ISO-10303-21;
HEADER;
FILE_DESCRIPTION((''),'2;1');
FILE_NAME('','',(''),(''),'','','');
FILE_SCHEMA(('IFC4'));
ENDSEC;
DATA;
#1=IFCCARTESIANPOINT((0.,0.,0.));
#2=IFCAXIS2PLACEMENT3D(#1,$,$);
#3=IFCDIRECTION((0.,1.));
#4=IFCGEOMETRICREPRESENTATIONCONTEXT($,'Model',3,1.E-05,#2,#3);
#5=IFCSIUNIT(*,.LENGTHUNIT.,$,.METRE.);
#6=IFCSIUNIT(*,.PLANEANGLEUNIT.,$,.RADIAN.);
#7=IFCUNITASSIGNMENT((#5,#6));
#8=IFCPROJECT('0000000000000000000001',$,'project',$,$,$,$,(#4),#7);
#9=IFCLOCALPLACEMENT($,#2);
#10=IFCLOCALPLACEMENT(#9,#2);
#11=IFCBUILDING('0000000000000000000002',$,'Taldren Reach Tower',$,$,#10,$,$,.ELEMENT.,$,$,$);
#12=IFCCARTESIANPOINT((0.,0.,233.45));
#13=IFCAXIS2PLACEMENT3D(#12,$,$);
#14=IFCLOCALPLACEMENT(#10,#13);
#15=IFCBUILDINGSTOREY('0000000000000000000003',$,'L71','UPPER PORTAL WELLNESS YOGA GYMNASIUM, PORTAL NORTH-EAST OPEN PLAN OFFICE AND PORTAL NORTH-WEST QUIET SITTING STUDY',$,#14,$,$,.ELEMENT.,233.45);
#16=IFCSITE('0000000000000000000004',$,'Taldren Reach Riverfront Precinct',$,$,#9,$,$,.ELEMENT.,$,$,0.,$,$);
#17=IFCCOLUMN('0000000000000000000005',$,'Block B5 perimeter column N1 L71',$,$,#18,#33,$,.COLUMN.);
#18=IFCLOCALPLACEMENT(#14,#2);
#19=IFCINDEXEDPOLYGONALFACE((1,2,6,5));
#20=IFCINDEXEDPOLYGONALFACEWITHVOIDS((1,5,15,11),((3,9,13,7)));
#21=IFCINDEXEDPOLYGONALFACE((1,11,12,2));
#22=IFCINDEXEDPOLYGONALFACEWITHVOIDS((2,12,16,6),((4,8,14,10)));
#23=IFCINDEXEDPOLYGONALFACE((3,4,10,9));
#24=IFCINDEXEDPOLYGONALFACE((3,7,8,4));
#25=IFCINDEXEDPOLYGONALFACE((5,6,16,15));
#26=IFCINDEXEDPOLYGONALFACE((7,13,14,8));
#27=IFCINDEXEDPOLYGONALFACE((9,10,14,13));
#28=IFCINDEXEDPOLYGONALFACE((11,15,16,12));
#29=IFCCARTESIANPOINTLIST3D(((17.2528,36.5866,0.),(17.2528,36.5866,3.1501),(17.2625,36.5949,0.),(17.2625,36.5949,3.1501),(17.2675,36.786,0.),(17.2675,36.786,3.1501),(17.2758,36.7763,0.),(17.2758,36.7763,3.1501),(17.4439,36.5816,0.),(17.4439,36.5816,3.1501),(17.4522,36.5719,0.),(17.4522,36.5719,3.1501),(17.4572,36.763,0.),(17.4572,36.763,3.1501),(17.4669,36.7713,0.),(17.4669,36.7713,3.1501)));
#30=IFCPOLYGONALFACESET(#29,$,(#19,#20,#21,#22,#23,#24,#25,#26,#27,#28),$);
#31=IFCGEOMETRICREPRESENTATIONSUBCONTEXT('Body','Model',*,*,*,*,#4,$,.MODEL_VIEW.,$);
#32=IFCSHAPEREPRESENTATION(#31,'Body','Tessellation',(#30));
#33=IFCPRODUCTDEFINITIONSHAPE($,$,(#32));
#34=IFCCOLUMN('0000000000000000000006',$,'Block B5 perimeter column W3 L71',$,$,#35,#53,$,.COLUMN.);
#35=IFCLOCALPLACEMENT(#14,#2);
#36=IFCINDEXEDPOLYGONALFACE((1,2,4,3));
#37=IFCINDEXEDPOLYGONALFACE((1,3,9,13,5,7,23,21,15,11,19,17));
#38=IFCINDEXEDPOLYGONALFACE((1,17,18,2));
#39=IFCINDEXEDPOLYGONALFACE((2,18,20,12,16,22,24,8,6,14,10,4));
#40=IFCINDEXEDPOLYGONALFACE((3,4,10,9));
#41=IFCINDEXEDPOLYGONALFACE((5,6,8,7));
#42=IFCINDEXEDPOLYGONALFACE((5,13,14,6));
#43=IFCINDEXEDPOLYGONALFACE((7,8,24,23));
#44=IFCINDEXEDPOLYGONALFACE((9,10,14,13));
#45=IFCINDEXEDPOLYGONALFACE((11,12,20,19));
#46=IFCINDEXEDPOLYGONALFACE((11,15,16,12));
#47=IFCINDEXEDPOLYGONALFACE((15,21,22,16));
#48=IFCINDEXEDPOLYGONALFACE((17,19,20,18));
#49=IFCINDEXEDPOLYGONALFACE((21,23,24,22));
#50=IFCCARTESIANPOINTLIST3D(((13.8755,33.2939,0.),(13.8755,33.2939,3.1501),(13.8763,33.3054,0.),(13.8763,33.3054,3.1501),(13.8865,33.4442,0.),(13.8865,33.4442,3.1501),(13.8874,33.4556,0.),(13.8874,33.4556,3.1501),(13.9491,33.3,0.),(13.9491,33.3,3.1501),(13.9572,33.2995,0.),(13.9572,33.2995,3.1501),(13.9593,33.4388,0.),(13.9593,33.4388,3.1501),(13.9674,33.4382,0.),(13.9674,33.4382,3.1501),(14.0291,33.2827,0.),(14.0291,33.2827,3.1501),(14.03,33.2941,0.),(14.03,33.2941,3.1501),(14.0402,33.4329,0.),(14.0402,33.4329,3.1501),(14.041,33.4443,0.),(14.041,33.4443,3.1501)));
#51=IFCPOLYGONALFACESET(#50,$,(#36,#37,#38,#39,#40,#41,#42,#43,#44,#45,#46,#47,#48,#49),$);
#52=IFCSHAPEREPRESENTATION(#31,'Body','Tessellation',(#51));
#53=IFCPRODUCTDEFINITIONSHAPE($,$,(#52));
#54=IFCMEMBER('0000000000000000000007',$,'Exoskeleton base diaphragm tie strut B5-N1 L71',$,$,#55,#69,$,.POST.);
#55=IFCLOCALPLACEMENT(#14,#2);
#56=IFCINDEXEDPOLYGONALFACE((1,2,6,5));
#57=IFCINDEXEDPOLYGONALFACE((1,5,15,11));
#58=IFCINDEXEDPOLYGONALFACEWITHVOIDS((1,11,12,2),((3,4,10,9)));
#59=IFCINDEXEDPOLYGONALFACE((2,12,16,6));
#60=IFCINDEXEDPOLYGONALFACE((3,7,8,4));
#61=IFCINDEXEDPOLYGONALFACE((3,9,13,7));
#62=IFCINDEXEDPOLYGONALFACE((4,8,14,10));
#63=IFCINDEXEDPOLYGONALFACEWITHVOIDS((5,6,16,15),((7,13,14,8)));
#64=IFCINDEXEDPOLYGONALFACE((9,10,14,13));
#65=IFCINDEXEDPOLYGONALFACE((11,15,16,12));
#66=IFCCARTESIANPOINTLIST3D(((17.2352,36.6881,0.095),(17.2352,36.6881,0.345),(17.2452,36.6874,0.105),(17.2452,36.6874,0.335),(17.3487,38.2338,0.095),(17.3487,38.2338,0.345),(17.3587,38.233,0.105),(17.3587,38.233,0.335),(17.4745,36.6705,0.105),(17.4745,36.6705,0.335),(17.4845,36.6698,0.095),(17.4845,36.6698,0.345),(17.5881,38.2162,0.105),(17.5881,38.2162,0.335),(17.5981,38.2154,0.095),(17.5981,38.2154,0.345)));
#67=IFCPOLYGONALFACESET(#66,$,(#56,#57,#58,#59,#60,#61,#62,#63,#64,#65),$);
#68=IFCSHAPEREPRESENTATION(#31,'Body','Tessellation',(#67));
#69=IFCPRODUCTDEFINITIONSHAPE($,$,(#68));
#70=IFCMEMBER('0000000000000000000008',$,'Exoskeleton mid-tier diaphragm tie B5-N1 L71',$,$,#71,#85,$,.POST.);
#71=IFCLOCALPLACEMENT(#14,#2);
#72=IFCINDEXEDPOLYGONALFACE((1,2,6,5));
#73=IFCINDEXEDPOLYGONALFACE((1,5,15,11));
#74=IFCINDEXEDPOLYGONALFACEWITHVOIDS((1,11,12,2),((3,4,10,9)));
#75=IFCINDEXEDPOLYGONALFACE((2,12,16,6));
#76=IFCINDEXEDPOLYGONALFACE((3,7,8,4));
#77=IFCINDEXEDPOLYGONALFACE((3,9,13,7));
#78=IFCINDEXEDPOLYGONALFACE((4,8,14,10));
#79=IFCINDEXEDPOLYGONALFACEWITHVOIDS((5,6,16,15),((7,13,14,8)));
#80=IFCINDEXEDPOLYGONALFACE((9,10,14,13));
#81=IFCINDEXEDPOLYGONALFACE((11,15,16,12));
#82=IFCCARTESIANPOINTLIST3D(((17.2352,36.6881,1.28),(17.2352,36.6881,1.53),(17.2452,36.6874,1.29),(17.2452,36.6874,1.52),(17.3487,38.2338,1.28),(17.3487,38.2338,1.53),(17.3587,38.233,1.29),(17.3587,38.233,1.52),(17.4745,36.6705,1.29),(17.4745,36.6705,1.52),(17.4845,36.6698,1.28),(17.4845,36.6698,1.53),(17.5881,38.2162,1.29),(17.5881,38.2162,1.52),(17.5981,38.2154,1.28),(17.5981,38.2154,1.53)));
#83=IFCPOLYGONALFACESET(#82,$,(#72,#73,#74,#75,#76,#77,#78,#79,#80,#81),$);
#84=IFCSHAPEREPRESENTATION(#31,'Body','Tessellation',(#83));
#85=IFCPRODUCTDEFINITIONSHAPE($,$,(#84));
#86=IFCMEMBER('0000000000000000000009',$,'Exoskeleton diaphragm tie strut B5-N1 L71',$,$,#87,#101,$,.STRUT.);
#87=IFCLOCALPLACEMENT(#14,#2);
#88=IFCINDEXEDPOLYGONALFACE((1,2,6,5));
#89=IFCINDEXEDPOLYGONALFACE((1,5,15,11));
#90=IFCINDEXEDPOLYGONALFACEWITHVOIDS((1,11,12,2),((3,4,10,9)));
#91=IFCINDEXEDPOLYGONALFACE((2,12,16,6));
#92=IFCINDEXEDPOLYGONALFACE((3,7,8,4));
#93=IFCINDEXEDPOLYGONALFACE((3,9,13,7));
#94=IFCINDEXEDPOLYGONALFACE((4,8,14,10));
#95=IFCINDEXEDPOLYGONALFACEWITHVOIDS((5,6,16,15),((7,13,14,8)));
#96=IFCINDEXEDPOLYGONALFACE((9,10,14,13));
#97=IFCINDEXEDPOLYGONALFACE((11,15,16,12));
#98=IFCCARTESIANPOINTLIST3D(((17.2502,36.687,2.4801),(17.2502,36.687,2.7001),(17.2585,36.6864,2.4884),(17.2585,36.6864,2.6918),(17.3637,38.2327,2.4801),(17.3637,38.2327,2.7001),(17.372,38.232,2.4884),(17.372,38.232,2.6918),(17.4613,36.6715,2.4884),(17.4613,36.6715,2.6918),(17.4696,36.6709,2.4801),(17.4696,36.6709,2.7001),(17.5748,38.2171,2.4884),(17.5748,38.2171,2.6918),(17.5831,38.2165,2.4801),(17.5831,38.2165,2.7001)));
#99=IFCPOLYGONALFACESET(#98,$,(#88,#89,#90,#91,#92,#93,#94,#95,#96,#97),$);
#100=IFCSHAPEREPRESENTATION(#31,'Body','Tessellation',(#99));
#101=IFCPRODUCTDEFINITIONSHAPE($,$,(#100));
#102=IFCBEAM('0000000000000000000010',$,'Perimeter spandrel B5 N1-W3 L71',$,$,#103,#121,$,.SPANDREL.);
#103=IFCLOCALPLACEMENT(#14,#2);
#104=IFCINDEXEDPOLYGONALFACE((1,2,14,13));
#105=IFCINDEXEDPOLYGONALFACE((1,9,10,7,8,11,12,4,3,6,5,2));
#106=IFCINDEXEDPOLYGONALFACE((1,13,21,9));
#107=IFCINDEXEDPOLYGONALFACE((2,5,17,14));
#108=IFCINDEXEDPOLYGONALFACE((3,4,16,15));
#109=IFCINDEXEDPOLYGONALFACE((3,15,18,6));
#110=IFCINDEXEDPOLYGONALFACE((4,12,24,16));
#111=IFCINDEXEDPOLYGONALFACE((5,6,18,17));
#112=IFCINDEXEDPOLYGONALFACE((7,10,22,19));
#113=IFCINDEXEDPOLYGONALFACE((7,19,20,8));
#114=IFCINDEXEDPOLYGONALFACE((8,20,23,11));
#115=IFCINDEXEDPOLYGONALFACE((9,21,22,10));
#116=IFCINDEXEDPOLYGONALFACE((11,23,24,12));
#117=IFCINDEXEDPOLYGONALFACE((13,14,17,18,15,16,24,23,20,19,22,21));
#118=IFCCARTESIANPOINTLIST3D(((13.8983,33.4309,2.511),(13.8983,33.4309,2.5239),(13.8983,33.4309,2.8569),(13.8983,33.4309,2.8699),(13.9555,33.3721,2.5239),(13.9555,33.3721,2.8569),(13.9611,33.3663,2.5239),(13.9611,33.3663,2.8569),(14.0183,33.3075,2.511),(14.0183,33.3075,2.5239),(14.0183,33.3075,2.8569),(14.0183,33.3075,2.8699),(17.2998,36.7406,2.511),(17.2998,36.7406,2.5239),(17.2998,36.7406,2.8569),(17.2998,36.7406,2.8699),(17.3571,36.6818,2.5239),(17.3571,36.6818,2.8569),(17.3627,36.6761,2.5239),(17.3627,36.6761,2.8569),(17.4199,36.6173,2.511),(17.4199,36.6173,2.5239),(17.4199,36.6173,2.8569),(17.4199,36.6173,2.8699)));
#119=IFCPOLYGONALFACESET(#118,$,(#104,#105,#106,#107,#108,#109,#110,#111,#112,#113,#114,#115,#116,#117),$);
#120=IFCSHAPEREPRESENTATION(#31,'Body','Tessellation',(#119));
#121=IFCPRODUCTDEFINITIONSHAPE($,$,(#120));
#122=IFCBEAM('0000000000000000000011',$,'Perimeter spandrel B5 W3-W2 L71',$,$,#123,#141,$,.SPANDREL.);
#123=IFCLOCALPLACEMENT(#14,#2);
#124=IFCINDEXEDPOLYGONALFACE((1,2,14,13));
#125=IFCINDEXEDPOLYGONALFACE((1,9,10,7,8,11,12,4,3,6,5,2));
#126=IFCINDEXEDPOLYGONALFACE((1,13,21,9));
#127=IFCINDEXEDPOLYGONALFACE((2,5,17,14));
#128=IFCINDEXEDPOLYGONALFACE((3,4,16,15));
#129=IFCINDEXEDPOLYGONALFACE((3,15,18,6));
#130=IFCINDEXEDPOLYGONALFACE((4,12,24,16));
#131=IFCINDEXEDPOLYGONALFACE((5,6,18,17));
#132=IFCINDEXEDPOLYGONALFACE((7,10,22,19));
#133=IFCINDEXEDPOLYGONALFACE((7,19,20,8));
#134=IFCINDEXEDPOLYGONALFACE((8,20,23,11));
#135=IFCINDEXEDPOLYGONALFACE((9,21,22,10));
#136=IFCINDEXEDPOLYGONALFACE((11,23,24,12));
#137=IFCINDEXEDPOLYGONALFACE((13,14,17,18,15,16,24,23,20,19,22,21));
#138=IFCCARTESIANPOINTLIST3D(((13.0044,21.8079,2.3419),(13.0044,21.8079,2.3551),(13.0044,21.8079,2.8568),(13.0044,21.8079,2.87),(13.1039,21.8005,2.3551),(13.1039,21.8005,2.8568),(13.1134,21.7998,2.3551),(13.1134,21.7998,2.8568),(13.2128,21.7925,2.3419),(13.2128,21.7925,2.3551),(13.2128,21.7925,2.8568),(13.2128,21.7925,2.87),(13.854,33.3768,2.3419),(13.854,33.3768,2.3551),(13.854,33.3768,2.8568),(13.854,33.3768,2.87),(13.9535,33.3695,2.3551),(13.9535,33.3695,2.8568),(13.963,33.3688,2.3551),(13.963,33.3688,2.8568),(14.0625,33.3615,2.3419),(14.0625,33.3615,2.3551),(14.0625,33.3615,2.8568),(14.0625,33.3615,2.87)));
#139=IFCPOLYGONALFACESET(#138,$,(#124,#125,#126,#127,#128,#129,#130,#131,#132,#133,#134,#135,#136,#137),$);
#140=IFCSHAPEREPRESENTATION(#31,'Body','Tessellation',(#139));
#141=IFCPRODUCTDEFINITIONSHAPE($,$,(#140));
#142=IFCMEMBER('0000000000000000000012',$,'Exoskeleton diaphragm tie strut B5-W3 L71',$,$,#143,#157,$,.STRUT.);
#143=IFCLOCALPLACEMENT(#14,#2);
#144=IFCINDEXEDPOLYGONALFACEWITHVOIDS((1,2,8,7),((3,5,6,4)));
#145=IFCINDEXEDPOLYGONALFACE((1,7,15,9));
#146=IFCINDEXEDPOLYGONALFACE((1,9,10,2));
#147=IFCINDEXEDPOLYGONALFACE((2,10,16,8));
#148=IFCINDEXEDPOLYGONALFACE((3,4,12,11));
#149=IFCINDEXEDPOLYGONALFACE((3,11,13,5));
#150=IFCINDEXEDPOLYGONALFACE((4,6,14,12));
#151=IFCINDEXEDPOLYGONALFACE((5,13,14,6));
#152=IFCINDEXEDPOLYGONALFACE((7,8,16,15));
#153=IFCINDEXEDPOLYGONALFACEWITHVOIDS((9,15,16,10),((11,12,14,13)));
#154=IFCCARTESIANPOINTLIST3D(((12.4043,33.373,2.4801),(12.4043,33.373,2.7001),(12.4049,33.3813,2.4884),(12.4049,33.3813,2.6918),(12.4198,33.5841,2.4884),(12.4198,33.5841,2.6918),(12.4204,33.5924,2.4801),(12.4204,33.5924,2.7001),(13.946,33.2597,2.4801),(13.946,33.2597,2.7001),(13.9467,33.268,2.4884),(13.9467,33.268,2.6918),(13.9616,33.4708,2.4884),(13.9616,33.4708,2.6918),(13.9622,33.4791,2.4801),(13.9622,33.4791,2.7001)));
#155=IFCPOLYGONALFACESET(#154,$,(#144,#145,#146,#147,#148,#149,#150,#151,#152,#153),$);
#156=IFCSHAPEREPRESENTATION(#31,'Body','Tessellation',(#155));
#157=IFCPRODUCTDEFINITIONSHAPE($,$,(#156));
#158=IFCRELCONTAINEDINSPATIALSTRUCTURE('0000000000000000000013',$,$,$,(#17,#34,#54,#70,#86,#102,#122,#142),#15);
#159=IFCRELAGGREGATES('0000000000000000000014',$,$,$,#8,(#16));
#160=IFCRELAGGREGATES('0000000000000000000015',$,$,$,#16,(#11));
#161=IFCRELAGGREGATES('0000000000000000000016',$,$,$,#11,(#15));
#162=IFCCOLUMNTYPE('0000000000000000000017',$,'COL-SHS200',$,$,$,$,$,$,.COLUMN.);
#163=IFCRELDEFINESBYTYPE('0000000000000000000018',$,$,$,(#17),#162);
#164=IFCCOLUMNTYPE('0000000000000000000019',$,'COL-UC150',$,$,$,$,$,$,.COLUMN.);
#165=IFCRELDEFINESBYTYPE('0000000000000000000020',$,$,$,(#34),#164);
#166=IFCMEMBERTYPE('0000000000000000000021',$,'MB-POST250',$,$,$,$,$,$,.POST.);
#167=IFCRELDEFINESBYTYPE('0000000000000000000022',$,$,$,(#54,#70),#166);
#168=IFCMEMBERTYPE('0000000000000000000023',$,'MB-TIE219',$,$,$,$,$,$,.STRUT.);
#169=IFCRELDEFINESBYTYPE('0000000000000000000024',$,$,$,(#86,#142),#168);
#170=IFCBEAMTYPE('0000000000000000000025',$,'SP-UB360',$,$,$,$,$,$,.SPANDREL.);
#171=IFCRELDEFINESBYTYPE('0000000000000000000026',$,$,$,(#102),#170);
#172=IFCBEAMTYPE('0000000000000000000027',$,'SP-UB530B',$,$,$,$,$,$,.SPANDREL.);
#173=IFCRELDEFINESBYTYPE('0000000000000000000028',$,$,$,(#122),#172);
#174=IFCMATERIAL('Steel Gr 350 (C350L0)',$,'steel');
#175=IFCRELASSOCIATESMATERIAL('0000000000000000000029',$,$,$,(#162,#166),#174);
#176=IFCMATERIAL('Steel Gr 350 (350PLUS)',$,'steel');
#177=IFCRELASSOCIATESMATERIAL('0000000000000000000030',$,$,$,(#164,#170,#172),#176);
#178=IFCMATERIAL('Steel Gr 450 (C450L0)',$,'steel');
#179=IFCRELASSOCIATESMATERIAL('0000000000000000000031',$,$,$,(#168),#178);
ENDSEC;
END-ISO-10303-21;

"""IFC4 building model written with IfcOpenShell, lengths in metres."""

from ifc_helpers import new_model, si_unit, direction, frame, origin, origin_2d, place, context, subcontext, project, spatial, hollow_rectangle, i_section, extrude, source, transform, mapped, material, material_profile, profile_set, type_object, element, save


model = new_model("IFC4")

# Units and contexts
model_context = context("Model", 3, precision=1e-05, world=origin(), true_north=direction((0.0, 1.0)))
body_context = subcontext(model_context, "Body", "Model", "MODEL_VIEW")
ifc_project = project(units=[si_unit("LENGTHUNIT", "METRE"), si_unit("PLANEANGLEUNIT", "RADIAN")], contexts=[model_context])

# Site, building, storey
site_placement = place(None, origin())
site = spatial("IfcSite", under=ifc_project, at=site_placement, Name="Taldren Reach Riverfront Precinct", CompositionType="ELEMENT", RefElevation=0.0)
building_placement = place(site_placement, origin())
building = spatial("IfcBuilding", under=site, at=building_placement, Name="Taldren Reach Tower", CompositionType="ELEMENT")
storey_placement = place(building_placement, frame((0.0, 0.0, 233.45)))
storey = spatial("IfcBuildingStorey", under=building, at=storey_placement, Name="L71", Description="UPPER PORTAL WELLNESS YOGA GYMNASIUM, PORTAL NORTH-EAST OPEN PLAN OFFICE AND PORTAL NORTH-WEST QUIET SITTING STUDY", CompositionType="ELEMENT", Elevation=233.45)

# Columns
ifc_material_1 = material(Name="Steel Gr 350 (C350L0)", Category="steel")
ifc_material_profile_1 = material_profile(ifc_material_1, hollow_rectangle(XDim=0.2, YDim=0.2, WallThickness=0.009, at=origin_2d()), Name="200x200x9.0SHS")
ifc_profile_set_1 = profile_set([ifc_material_profile_1], Name="Steel Gr 350 (C350L0)")
column_type_1 = type_object("IfcColumnType", Name="COL-SHS200", PredefinedType="COLUMN", material=ifc_profile_set_1)
shared_shape_1 = source(origin(), body_context, "Body", "SweptSolid", [
    extrude(hollow_rectangle(XDim=0.2, YDim=0.2, WallThickness=0.009, at=origin_2d()), origin(), (0.0, 0.0, 1.0), 3.1501),
])
column_1_placement = place(storey_placement, frame((17.3599, 36.679, 0.0), z_axis=(0.0, 0.0, 1.0), x_axis=(0.997314, -0.073238, 0.0)))
element("IfcColumn", 1, at=column_1_placement, inside=storey, type_object=column_type_1, Name="Block B5 perimeter column N1 L71", PredefinedType="COLUMN", context=body_context, shape_type="MappedRepresentation", body=[
    mapped(shared_shape_1, transform((0.0, 0.0, 0.0), scale=1.0)),
])
ifc_material_2 = material(Name="Steel Gr 350 (350PLUS)", Category="steel")
ifc_material_profile_2 = material_profile(ifc_material_2, i_section(OverallWidth=0.1541, OverallDepth=0.1621, WebThickness=0.0081, FlangeThickness=0.0115, at=origin_2d()), Name="150UC37.2")
ifc_profile_set_2 = profile_set([ifc_material_profile_2], Name="Steel Gr 350 (350PLUS)")
column_type_2 = type_object("IfcColumnType", Name="COL-UC150", PredefinedType="COLUMN", material=ifc_profile_set_2)
shared_shape_2 = source(origin(), body_context, "Body", "SweptSolid", [
    extrude(i_section(OverallWidth=0.1541, OverallDepth=0.1621, WebThickness=0.0081, FlangeThickness=0.0115, at=origin_2d()), origin(), (0.0, 0.0, 1.0), 3.1501),
])
column_2_placement = place(storey_placement, frame((13.9583, 33.3691, 0.0), z_axis=(0.0, 0.0, 1.0), x_axis=(0.997314, -0.073238, 0.0)))
element("IfcColumn", 2, at=column_2_placement, inside=storey, type_object=column_type_2, Name="Block B5 perimeter column W3 L71", PredefinedType="COLUMN", context=body_context, shape_type="MappedRepresentation", body=[
    mapped(shared_shape_2, transform((0.0, 0.0, 0.0), scale=1.0)),
])

# Members
ifc_material_profile_3 = material_profile(ifc_material_1, hollow_rectangle(XDim=0.25, YDim=0.25, WallThickness=0.01, at=origin_2d()), Name="250x250x10.0SHS")
ifc_profile_set_3 = profile_set([ifc_material_profile_3], Name="Steel Gr 350 (C350L0)")
member_type_1 = type_object("IfcMemberType", Name="MB-POST250", PredefinedType="POST", material=ifc_profile_set_3)
shared_shape_3 = source(origin(), body_context, "Body", "SweptSolid", [
    extrude(hollow_rectangle(XDim=0.25, YDim=0.25, WallThickness=0.01, at=origin_2d()), origin(), (0.0, 0.0, 1.0), 1.5498),
])
for number, where, z_axis, x_axis, name in (
    (3, (17.3599, 36.679, 0.22), (0.073251, 0.997314, 0.0), (-0.997314, 0.073251, 0.0), "Exoskeleton base diaphragm tie strut B5-N1 L71"),
    (4, (17.3599, 36.679, 1.405), (0.073251, 0.997314, 0.0), (-0.997314, 0.073251, 0.0), "Exoskeleton mid-tier diaphragm tie B5-N1 L71"),
):
    element("IfcMember", number, at=place(storey_placement, frame(where, z_axis=z_axis, x_axis=x_axis)), inside=storey, type_object=member_type_1, Name=name, PredefinedType="POST", context=body_context, shape_type="MappedRepresentation", body=[
        mapped(shared_shape_3, transform((0.0, 0.0, 0.0), scale=1.0)),
    ])
ifc_material_3 = material(Name="Steel Gr 450 (C450L0)", Category="steel")
ifc_material_profile_4 = material_profile(ifc_material_3, hollow_rectangle(XDim=0.22, YDim=0.22, WallThickness=0.0083, at=origin_2d()), Name="220x220x8.2SHS")
ifc_profile_set_4 = profile_set([ifc_material_profile_4], Name="Steel Gr 450 (C450L0)")
member_type_2 = type_object("IfcMemberType", Name="MB-TIE219", PredefinedType="STRUT", material=ifc_profile_set_4)
shared_shape_4 = source(origin(), body_context, "Body", "SweptSolid", [
    extrude(hollow_rectangle(XDim=0.22, YDim=0.22, WallThickness=0.0083, at=origin_2d()), origin(), (0.0, 0.0, 1.0), 1.5498),
])
member_1_placement = place(storey_placement, frame((17.3599, 36.679, 2.5901), z_axis=(0.073251, 0.997314, 0.0), x_axis=(-0.997314, 0.073251, 0.0)))
element("IfcMember", 5, at=member_1_placement, inside=storey, type_object=member_type_2, Name="Exoskeleton diaphragm tie strut B5-N1 L71", PredefinedType="STRUT", context=body_context, shape_type="MappedRepresentation", body=[
    mapped(shared_shape_4, transform((0.0, 0.0, 0.0), scale=1.0)),
])

# Beams
ifc_material_profile_5 = material_profile(ifc_material_2, i_section(OverallWidth=0.1721, OverallDepth=0.3589, WebThickness=0.0081, FlangeThickness=0.0129, at=origin_2d()), Name="360UB56.7")
ifc_profile_set_5 = profile_set([ifc_material_profile_5], Name="Steel Gr 350 (350PLUS)")
beam_type_1 = type_object("IfcBeamType", Name="SP-UB360", PredefinedType="SPANDREL", material=ifc_profile_set_5)
shared_shape_5 = source(origin(), body_context, "Body", "SweptSolid", [
    extrude(i_section(OverallWidth=0.1721, OverallDepth=0.3589, WebThickness=0.0081, FlangeThickness=0.0129, at=origin_2d()), origin(), (0.0, 0.0, 1.0), 4.7461),
])
beam_1_placement = place(storey_placement, frame((17.3599, 36.679, 2.6904), z_axis=(-0.716711, -0.69737, 0.0), x_axis=(0.69737, -0.716711, 0.0)))
element("IfcBeam", 6, at=beam_1_placement, inside=storey, type_object=beam_type_1, Name="Perimeter spandrel B5 N1-W3 L71", PredefinedType="SPANDREL", context=body_context, shape_type="MappedRepresentation", body=[
    mapped(shared_shape_5, transform((0.0, 0.0, 0.0), scale=1.0)),
])
ifc_material_profile_6 = material_profile(ifc_material_2, i_section(OverallWidth=0.209, OverallDepth=0.5281, WebThickness=0.0095, FlangeThickness=0.0132, at=origin_2d()), Name="530UB82.0")
ifc_profile_set_6 = profile_set([ifc_material_profile_6], Name="Steel Gr 350 (350PLUS)")
beam_type_2 = type_object("IfcBeamType", Name="SP-UB530B", PredefinedType="SPANDREL", material=ifc_profile_set_6)
shared_shape_6 = source(origin(), body_context, "Body", "SweptSolid", [
    extrude(i_section(OverallWidth=0.209, OverallDepth=0.5281, WebThickness=0.0095, FlangeThickness=0.0132, at=origin_2d()), origin(), (0.0, 0.0, 1.0), 11.6001),
])
beam_2_placement = place(storey_placement, frame((13.9583, 33.3691, 2.606), z_axis=(-0.073242, -0.997314, 0.0), x_axis=(0.997314, -0.073242, 0.0)))
element("IfcBeam", 7, at=beam_2_placement, inside=storey, type_object=beam_type_2, Name="Perimeter spandrel B5 W3-W2 L71", PredefinedType="SPANDREL", context=body_context, shape_type="MappedRepresentation", body=[
    mapped(shared_shape_6, transform((0.0, 0.0, 0.0), scale=1.0)),
])

# Member
shared_shape_7 = source(origin(), body_context, "Body", "SweptSolid", [
    extrude(hollow_rectangle(XDim=0.22, YDim=0.22, WallThickness=0.0083, at=origin_2d()), origin(), (0.0, 0.0, 1.0), 1.5459),
])
member_2_placement = place(storey_placement, frame((13.9541, 33.3694, 2.5901), z_axis=(-0.997312, 0.073278, 0.0), x_axis=(-0.073278, -0.997312, 0.0)))
element("IfcMember", 8, at=member_2_placement, inside=storey, type_object=member_type_2, Name="Exoskeleton diaphragm tie strut B5-W3 L71", PredefinedType="STRUT", context=body_context, shape_type="MappedRepresentation", body=[
    mapped(shared_shape_7, transform((0.0, 0.0, 0.0), scale=1.0)),
])

save(model, "model.ifc")
